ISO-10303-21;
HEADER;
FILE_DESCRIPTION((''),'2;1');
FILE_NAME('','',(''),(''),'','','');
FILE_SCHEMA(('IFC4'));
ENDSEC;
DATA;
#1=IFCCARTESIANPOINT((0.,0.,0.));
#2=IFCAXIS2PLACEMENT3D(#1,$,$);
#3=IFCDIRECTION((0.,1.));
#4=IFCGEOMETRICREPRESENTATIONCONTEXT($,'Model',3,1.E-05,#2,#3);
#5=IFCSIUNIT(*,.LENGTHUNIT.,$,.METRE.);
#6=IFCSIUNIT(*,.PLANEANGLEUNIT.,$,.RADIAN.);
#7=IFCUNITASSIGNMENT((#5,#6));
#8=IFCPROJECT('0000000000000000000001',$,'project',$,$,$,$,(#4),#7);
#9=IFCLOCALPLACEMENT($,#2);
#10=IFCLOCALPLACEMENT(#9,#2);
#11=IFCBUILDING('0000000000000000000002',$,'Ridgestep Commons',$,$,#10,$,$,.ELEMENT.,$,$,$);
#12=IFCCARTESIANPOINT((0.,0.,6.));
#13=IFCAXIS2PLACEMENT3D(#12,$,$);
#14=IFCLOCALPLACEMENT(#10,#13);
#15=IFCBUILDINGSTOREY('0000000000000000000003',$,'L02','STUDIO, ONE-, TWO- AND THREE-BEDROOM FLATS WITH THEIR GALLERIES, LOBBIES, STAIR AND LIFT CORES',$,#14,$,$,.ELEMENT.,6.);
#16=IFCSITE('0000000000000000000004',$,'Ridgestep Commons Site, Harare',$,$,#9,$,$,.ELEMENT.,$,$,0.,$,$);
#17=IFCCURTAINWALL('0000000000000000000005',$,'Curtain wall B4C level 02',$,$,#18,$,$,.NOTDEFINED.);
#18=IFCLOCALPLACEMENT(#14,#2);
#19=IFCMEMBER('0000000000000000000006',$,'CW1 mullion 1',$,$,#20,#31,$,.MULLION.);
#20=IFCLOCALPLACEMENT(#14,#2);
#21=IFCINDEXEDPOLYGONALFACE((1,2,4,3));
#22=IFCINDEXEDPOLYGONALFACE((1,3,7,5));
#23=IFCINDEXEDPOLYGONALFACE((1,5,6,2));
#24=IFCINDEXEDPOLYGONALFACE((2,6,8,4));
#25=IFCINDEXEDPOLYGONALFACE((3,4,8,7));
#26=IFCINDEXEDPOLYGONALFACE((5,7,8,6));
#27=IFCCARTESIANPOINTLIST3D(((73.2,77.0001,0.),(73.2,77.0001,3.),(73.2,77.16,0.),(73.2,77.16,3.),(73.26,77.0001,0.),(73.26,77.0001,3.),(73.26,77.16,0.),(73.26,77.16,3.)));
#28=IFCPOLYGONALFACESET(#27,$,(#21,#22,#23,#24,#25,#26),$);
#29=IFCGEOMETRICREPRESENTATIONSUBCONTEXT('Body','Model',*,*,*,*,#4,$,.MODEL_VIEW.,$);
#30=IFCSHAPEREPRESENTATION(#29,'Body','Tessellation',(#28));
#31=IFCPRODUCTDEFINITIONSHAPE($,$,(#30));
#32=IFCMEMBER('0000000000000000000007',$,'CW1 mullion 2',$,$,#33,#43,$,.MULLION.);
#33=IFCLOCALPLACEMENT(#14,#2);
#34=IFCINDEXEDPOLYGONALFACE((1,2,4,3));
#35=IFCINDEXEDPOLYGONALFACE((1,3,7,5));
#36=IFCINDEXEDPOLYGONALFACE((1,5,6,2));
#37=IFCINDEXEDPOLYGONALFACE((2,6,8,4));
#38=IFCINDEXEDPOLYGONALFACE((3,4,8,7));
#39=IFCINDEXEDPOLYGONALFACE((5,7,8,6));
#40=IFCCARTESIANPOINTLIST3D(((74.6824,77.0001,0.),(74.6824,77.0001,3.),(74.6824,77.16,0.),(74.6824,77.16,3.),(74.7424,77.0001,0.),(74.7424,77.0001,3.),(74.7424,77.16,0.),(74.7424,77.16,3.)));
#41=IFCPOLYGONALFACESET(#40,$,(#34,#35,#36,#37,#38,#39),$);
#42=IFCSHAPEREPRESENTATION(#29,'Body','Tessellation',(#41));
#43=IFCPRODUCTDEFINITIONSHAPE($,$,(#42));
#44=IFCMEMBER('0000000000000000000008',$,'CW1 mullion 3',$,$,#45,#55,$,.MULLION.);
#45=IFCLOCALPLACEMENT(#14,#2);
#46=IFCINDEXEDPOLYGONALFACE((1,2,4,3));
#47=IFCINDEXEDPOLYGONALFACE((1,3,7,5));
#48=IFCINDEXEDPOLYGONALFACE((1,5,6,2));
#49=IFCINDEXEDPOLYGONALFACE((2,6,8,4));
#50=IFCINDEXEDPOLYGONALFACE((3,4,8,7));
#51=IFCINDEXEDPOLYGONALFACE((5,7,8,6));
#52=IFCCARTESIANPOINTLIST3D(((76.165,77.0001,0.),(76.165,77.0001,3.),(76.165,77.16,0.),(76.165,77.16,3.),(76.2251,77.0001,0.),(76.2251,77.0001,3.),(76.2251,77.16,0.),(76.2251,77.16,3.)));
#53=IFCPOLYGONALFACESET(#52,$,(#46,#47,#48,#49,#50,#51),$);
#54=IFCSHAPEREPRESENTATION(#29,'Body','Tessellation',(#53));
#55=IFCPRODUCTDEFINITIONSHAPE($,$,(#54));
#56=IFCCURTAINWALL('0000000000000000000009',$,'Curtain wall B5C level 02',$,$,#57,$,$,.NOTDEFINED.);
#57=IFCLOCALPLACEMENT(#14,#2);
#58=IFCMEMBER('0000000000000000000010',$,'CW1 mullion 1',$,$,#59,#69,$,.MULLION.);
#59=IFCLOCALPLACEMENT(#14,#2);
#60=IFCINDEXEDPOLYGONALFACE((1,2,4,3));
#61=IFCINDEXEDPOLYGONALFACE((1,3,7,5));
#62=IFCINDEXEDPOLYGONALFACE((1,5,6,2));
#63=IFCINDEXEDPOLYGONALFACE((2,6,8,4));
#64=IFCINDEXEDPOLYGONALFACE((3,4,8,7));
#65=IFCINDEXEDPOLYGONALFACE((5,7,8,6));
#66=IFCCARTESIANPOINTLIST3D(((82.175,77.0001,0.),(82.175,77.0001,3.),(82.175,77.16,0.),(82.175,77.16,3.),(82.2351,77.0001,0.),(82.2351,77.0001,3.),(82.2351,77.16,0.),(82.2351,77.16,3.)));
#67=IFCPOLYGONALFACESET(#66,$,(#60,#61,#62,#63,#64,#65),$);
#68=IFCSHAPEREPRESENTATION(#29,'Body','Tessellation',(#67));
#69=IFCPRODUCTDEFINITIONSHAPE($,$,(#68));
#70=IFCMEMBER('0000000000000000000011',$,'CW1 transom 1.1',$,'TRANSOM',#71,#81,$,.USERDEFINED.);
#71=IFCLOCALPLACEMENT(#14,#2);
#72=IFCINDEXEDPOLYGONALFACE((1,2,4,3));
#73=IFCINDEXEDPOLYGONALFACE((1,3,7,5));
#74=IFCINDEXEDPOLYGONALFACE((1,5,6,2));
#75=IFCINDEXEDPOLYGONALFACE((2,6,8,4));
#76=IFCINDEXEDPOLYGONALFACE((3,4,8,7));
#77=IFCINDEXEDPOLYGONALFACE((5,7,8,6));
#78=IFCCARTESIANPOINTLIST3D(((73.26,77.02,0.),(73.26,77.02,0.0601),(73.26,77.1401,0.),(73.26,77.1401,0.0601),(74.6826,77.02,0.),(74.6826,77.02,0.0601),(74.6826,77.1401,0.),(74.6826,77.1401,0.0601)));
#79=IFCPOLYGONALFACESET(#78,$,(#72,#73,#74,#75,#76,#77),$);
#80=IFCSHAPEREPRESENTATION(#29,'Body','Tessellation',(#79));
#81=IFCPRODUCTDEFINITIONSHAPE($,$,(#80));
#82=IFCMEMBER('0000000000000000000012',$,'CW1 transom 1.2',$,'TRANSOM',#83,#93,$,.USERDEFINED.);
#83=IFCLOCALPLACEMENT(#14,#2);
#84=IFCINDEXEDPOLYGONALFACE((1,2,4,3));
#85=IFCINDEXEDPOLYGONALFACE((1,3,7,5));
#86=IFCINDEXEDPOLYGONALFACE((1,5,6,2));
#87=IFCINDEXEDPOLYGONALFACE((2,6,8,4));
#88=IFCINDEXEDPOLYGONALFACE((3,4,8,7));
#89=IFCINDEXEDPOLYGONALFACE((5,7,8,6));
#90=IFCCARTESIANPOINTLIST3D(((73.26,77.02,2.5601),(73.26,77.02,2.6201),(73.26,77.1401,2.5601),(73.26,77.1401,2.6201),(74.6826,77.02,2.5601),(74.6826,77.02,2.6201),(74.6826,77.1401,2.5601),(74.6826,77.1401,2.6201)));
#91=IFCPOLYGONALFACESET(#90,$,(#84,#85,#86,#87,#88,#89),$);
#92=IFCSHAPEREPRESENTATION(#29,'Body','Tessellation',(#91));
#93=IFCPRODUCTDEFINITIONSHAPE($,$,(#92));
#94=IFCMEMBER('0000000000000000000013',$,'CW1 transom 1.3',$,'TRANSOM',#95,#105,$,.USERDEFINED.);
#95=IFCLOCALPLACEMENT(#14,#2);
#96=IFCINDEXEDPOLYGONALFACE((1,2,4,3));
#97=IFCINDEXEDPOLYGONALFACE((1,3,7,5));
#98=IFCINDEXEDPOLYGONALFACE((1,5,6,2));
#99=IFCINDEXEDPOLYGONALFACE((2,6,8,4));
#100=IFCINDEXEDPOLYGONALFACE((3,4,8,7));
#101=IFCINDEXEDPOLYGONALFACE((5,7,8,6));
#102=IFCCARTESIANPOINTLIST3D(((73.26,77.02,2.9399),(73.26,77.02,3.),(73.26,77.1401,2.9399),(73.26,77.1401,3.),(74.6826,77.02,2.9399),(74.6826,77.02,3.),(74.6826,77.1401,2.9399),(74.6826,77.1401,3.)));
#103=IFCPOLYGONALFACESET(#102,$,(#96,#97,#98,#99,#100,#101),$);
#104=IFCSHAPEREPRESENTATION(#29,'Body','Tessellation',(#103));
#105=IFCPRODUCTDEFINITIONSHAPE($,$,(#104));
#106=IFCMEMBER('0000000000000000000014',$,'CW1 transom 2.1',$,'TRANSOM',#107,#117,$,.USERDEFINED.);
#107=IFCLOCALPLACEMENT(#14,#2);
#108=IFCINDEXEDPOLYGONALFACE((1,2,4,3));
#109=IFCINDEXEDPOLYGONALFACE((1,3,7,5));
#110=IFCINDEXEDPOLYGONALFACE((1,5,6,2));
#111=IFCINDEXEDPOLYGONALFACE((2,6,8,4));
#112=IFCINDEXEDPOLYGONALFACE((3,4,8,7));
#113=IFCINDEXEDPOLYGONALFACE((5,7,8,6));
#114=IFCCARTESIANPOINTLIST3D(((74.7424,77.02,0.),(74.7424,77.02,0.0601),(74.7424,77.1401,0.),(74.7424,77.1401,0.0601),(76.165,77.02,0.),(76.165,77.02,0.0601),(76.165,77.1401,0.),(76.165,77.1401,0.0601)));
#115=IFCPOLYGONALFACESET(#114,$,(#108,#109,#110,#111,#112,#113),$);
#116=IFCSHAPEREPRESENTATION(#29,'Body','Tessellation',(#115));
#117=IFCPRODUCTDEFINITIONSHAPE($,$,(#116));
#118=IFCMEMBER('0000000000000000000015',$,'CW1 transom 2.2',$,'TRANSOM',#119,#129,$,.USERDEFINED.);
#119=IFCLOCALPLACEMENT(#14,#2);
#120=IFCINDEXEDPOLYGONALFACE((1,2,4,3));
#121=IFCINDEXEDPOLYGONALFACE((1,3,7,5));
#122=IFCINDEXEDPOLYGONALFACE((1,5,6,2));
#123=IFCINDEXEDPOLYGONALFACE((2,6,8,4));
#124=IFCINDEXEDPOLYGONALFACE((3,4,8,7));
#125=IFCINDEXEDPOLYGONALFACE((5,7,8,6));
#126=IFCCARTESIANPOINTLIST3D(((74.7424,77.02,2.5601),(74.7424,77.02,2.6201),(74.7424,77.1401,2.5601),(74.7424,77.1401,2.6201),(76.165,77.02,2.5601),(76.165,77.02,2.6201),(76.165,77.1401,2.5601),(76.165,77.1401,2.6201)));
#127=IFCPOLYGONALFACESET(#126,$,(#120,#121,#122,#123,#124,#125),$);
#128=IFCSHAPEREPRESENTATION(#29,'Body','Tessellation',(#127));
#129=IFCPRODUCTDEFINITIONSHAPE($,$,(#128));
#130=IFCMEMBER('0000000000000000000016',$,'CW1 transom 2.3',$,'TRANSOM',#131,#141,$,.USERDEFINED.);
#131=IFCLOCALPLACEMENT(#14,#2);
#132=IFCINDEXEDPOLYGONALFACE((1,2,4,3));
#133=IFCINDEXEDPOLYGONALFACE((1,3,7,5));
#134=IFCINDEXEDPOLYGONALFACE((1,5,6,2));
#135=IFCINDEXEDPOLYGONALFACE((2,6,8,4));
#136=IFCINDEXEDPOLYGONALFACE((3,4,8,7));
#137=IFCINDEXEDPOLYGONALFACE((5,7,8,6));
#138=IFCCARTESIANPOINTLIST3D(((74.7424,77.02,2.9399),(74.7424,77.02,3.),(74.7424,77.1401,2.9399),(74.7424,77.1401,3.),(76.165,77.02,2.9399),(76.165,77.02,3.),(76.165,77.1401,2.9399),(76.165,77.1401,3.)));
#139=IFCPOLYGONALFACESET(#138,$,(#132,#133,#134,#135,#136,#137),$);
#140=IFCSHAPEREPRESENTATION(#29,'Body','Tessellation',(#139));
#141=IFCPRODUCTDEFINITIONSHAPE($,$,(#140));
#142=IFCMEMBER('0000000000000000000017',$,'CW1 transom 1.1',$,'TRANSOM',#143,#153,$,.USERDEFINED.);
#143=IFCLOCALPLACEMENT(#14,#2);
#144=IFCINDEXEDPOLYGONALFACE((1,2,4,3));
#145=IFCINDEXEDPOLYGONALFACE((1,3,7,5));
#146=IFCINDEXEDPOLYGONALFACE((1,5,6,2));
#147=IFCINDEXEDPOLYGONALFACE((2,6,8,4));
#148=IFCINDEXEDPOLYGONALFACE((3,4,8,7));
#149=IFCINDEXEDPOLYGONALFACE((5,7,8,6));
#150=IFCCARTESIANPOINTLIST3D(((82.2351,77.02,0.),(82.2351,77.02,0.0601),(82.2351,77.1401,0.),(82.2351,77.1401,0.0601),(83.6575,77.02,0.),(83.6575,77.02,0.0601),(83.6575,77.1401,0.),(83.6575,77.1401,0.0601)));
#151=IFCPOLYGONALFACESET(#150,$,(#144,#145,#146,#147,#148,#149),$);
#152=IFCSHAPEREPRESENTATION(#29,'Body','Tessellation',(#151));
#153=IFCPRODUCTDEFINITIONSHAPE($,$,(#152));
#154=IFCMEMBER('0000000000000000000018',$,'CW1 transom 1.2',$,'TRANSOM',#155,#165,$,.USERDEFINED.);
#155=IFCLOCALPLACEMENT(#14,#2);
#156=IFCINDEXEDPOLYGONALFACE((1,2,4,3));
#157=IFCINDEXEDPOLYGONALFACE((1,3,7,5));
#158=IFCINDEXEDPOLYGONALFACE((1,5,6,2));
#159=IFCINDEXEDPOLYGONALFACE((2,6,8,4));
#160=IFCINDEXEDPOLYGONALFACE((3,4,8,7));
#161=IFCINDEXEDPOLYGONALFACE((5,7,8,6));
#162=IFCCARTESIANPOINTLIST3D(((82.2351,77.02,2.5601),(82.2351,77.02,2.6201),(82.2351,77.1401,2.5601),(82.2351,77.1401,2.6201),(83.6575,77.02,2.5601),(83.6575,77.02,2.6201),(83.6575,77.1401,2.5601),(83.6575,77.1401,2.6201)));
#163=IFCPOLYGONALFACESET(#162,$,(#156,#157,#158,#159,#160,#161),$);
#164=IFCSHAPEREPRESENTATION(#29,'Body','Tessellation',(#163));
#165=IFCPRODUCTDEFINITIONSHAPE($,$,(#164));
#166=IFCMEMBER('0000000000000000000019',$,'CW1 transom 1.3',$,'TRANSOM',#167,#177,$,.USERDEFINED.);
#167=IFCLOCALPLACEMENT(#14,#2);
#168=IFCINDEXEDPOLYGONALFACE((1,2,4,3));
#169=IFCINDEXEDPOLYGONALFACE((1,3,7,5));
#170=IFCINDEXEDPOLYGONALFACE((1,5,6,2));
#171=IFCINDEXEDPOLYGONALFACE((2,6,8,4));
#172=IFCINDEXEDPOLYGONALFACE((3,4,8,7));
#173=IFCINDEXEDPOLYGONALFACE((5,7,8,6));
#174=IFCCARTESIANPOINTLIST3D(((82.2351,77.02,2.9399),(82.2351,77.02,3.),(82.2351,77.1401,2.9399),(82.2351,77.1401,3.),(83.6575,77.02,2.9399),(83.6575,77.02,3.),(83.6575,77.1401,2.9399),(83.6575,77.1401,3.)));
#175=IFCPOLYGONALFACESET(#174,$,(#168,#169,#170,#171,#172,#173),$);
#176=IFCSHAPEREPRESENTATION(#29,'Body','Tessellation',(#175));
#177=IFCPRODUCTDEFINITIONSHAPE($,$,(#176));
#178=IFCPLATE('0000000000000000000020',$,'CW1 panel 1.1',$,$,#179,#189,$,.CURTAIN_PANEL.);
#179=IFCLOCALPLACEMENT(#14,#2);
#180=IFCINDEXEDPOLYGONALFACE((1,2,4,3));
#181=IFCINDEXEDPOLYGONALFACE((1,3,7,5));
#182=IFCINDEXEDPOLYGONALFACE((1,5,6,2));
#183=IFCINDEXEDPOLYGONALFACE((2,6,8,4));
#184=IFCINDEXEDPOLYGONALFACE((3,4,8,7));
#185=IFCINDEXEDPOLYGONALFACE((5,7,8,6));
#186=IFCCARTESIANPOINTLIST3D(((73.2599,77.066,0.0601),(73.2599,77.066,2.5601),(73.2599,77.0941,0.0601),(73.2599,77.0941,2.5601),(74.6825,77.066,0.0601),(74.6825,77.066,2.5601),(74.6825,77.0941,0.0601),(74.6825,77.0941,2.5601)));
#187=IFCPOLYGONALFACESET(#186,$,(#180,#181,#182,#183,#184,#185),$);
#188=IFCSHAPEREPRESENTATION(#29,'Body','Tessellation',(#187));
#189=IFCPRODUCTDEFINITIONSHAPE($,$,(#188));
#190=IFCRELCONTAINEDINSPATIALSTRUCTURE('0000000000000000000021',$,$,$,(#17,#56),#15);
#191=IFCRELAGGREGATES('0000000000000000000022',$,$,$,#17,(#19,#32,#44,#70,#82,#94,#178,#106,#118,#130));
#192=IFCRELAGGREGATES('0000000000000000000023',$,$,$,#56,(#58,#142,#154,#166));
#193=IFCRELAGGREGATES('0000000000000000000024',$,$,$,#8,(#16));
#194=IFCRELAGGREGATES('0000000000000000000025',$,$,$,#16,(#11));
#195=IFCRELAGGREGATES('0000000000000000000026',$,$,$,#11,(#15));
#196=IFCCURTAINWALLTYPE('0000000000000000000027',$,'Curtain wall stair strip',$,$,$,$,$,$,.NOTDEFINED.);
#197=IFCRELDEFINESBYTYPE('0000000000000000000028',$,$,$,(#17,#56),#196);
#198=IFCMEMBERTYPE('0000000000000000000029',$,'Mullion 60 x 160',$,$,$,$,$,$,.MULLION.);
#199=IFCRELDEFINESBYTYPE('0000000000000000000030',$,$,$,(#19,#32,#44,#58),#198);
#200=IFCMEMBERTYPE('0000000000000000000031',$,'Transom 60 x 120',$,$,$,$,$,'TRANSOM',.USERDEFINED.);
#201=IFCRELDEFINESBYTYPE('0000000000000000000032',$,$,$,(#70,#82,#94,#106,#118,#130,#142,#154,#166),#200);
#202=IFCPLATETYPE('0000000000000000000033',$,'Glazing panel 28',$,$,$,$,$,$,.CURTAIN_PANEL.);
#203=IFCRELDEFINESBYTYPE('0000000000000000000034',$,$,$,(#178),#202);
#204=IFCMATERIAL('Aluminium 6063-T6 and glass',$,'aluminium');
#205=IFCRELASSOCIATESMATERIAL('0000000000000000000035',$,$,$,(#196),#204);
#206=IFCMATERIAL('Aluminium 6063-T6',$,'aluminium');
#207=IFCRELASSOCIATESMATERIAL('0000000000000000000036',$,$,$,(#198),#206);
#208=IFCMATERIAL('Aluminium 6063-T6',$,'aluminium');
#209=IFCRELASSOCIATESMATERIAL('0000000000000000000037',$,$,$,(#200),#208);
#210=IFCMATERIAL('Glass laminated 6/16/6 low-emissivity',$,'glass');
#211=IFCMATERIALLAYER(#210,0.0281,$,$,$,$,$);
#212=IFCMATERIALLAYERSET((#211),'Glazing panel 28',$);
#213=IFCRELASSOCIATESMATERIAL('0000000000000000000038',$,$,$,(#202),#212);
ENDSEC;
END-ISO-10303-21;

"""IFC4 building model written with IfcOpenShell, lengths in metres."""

from ifc_helpers import new_model, si_unit, direction, frame, origin, origin_2d, place, context, subcontext, project, spatial, rectangle, extrude, material, layer, layer_set, material_profile, profile_set, type_object, element, aggregate, save


model = new_model("IFC4")

# Units and contexts
model_context = context("Model", 3, precision=1e-05, world=origin(), true_north=direction((0.0, 1.0)))
body_context = subcontext(model_context, "Body", "Model", "MODEL_VIEW")
ifc_project = project(units=[si_unit("LENGTHUNIT", "METRE"), si_unit("PLANEANGLEUNIT", "RADIAN")], contexts=[model_context])

# Site, building, storey
site_placement = place(None, origin())
site = spatial("IfcSite", under=ifc_project, at=site_placement, Name="Ridgestep Commons Site, Harare", CompositionType="ELEMENT", RefElevation=0.0)
building_placement = place(site_placement, origin())
building = spatial("IfcBuilding", under=site, at=building_placement, Name="Ridgestep Commons", CompositionType="ELEMENT")
storey_placement = place(building_placement, frame((0.0, 0.0, 6.0)))
storey = spatial("IfcBuildingStorey", under=building, at=storey_placement, Name="L02", Description="STUDIO, ONE-, TWO- AND THREE-BEDROOM FLATS WITH THEIR GALLERIES, LOBBIES, STAIR AND LIFT CORES", CompositionType="ELEMENT", Elevation=6.0)

# Curtain wall, members
ifc_material_1 = material(Name="Aluminium 6063-T6 and glass", Category="aluminium")
curtain_wall_type = type_object("IfcCurtainWallType", Name="Curtain wall stair strip", PredefinedType="NOTDEFINED", material=ifc_material_1)
curtain_wall_1_placement = place(storey_placement, origin())
curtain_wall_1 = element("IfcCurtainWall", 1, at=curtain_wall_1_placement, inside=storey, type_object=curtain_wall_type, Name="Curtain wall B4C level 02", PredefinedType="NOTDEFINED")
ifc_material_2 = material(Name="Aluminium 6063-T6", Category="aluminium")
ifc_material_profile_1 = material_profile(ifc_material_2, rectangle(XDim=0.1599, YDim=0.0601, at=origin_2d()), Name="Mullion 60 x 160")
ifc_profile_set_1 = profile_set([ifc_material_profile_1], Name="Aluminium 6063-T6")
member_type_1 = type_object("IfcMemberType", Name="Mullion 60 x 160", PredefinedType="MULLION", material=ifc_profile_set_1)
member_1_placement = place(storey_placement, frame((73.23, 77.0801, 0.0), z_axis=(0.0, 0.0, 1.0), x_axis=(0.0, 1.0, 0.0)))
member_1 = element("IfcMember", 2, at=member_1_placement, type_object=member_type_1, Name="CW1 mullion 1", PredefinedType="MULLION", context=body_context, shape_type="SweptSolid", body=[
    extrude(rectangle(XDim=0.1599, YDim=0.0601, at=origin_2d()), origin(), (0.0, 0.0, 1.0), 3.0),
])
member_2_placement = place(storey_placement, frame((74.7124, 77.0801, 0.0), z_axis=(0.0, 0.0, 1.0), x_axis=(0.0, 1.0, 0.0)))
member_2 = element("IfcMember", 3, at=member_2_placement, type_object=member_type_1, Name="CW1 mullion 2", PredefinedType="MULLION", context=body_context, shape_type="SweptSolid", body=[
    extrude(rectangle(XDim=0.1599, YDim=0.0601, at=origin_2d()), origin(), (0.0, 0.0, 1.0), 3.0),
])
member_3_placement = place(storey_placement, frame((76.1951, 77.0801, 0.0), z_axis=(0.0, 0.0, 1.0), x_axis=(0.0, 1.0, 0.0)))
member_3 = element("IfcMember", 4, at=member_3_placement, type_object=member_type_1, Name="CW1 mullion 3", PredefinedType="MULLION", context=body_context, shape_type="SweptSolid", body=[
    extrude(rectangle(XDim=0.1599, YDim=0.0601, at=origin_2d()), origin(), (0.0, 0.0, 1.0), 3.0),
])

# Curtain wall, member
curtain_wall_2_placement = place(storey_placement, origin())
curtain_wall_2 = element("IfcCurtainWall", 5, at=curtain_wall_2_placement, inside=storey, type_object=curtain_wall_type, Name="Curtain wall B5C level 02", PredefinedType="NOTDEFINED")
member_4_placement = place(storey_placement, frame((82.2051, 77.0801, 0.0), z_axis=(0.0, 0.0, 1.0), x_axis=(0.0, 1.0, 0.0)))
member_4 = element("IfcMember", 6, at=member_4_placement, type_object=member_type_1, Name="CW1 mullion 1", PredefinedType="MULLION", context=body_context, shape_type="SweptSolid", body=[
    extrude(rectangle(XDim=0.1599, YDim=0.0601, at=origin_2d()), origin(), (0.0, 0.0, 1.0), 3.0),
])

# Members
ifc_material_3 = material(Name="Aluminium 6063-T6", Category="aluminium")
ifc_material_profile_2 = material_profile(ifc_material_3, rectangle(XDim=0.1201, YDim=0.0601, at=origin_2d()), Name="Transom 60 x 120")
ifc_profile_set_2 = profile_set([ifc_material_profile_2], Name="Aluminium 6063-T6")
member_type_2 = type_object("IfcMemberType", Name="Transom 60 x 120", ElementType="TRANSOM", PredefinedType="USERDEFINED", material=ifc_profile_set_2)
member_5_placement = place(storey_placement, frame((73.26, 77.0801, 0.03), z_axis=(1.0, 0.0, 0.0), x_axis=(0.0, 1.0, 0.0)))
member_5 = element("IfcMember", 7, at=member_5_placement, type_object=member_type_2, Name="CW1 transom 1.1", ObjectType="TRANSOM", PredefinedType="USERDEFINED", context=body_context, shape_type="SweptSolid", body=[
    extrude(rectangle(XDim=0.1201, YDim=0.0601, at=origin_2d()), origin(), (0.0, 0.0, 1.0), 1.4226),
])
member_6_placement = place(storey_placement, frame((73.26, 77.0801, 2.5901), z_axis=(1.0, 0.0, 0.0), x_axis=(0.0, 1.0, 0.0)))
member_6 = element("IfcMember", 8, at=member_6_placement, type_object=member_type_2, Name="CW1 transom 1.2", ObjectType="TRANSOM", PredefinedType="USERDEFINED", context=body_context, shape_type="SweptSolid", body=[
    extrude(rectangle(XDim=0.1201, YDim=0.0601, at=origin_2d()), origin(), (0.0, 0.0, 1.0), 1.4226),
])
member_7_placement = place(storey_placement, frame((73.26, 77.0801, 2.97), z_axis=(1.0, 0.0, 0.0), x_axis=(0.0, 1.0, 0.0)))
member_7 = element("IfcMember", 9, at=member_7_placement, type_object=member_type_2, Name="CW1 transom 1.3", ObjectType="TRANSOM", PredefinedType="USERDEFINED", context=body_context, shape_type="SweptSolid", body=[
    extrude(rectangle(XDim=0.1201, YDim=0.0601, at=origin_2d()), origin(), (0.0, 0.0, 1.0), 1.4226),
])
member_8_placement = place(storey_placement, frame((74.7424, 77.0801, 0.03), z_axis=(1.0, 0.0, 0.0), x_axis=(0.0, 1.0, 0.0)))
member_8 = element("IfcMember", 10, at=member_8_placement, type_object=member_type_2, Name="CW1 transom 2.1", ObjectType="TRANSOM", PredefinedType="USERDEFINED", context=body_context, shape_type="SweptSolid", body=[
    extrude(rectangle(XDim=0.1201, YDim=0.0601, at=origin_2d()), origin(), (0.0, 0.0, 1.0), 1.4226),
])
member_9_placement = place(storey_placement, frame((74.7424, 77.0801, 2.5901), z_axis=(1.0, 0.0, 0.0), x_axis=(0.0, 1.0, 0.0)))
member_9 = element("IfcMember", 11, at=member_9_placement, type_object=member_type_2, Name="CW1 transom 2.2", ObjectType="TRANSOM", PredefinedType="USERDEFINED", context=body_context, shape_type="SweptSolid", body=[
    extrude(rectangle(XDim=0.1201, YDim=0.0601, at=origin_2d()), origin(), (0.0, 0.0, 1.0), 1.4226),
])
member_10_placement = place(storey_placement, frame((74.7424, 77.0801, 2.97), z_axis=(1.0, 0.0, 0.0), x_axis=(0.0, 1.0, 0.0)))
member_10 = element("IfcMember", 12, at=member_10_placement, type_object=member_type_2, Name="CW1 transom 2.3", ObjectType="TRANSOM", PredefinedType="USERDEFINED", context=body_context, shape_type="SweptSolid", body=[
    extrude(rectangle(XDim=0.1201, YDim=0.0601, at=origin_2d()), origin(), (0.0, 0.0, 1.0), 1.4226),
])
member_11_placement = place(storey_placement, frame((82.2351, 77.0801, 0.03), z_axis=(1.0, 0.0, 0.0), x_axis=(0.0, 1.0, 0.0)))
member_11 = element("IfcMember", 13, at=member_11_placement, type_object=member_type_2, Name="CW1 transom 1.1", ObjectType="TRANSOM", PredefinedType="USERDEFINED", context=body_context, shape_type="SweptSolid", body=[
    extrude(rectangle(XDim=0.1201, YDim=0.0601, at=origin_2d()), origin(), (0.0, 0.0, 1.0), 1.4224),
])
member_12_placement = place(storey_placement, frame((82.2351, 77.0801, 2.5901), z_axis=(1.0, 0.0, 0.0), x_axis=(0.0, 1.0, 0.0)))
member_12 = element("IfcMember", 14, at=member_12_placement, type_object=member_type_2, Name="CW1 transom 1.2", ObjectType="TRANSOM", PredefinedType="USERDEFINED", context=body_context, shape_type="SweptSolid", body=[
    extrude(rectangle(XDim=0.1201, YDim=0.0601, at=origin_2d()), origin(), (0.0, 0.0, 1.0), 1.4224),
])
member_13_placement = place(storey_placement, frame((82.2351, 77.0801, 2.97), z_axis=(1.0, 0.0, 0.0), x_axis=(0.0, 1.0, 0.0)))
member_13 = element("IfcMember", 15, at=member_13_placement, type_object=member_type_2, Name="CW1 transom 1.3", ObjectType="TRANSOM", PredefinedType="USERDEFINED", context=body_context, shape_type="SweptSolid", body=[
    extrude(rectangle(XDim=0.1201, YDim=0.0601, at=origin_2d()), origin(), (0.0, 0.0, 1.0), 1.4224),
])

# Plate
ifc_material_4 = material(Name="Glass laminated 6/16/6 low-emissivity", Category="glass")
ifc_layer_1 = layer(ifc_material_4, 0.0281)
ifc_layer_set_1 = layer_set([ifc_layer_1], Name="Glazing panel 28")
plate_type_1 = type_object("IfcPlateType", Name="Glazing panel 28", PredefinedType="CURTAIN_PANEL", material=ifc_layer_set_1)
plate_1_placement = place(storey_placement, frame((73.9712, 77.0801, 0.0601), z_axis=(0.0, 0.0, 1.0), x_axis=(1.0, 0.0, 0.0)))
plate_1 = element("IfcPlate", 16, at=plate_1_placement, type_object=plate_type_1, Name="CW1 panel 1.1", PredefinedType="CURTAIN_PANEL", context=body_context, shape_type="SweptSolid", body=[
    extrude(rectangle(XDim=1.4226, YDim=0.0281, at=origin_2d()), origin(), (0.0, 0.0, 1.0), 2.5),
])
aggregate(curtain_wall_1, [member_1, member_2, member_3, member_5, member_6, member_7, plate_1, member_8, member_9, member_10])
aggregate(curtain_wall_2, [member_4, member_11, member_12, member_13])

save(model, "model.ifc")
